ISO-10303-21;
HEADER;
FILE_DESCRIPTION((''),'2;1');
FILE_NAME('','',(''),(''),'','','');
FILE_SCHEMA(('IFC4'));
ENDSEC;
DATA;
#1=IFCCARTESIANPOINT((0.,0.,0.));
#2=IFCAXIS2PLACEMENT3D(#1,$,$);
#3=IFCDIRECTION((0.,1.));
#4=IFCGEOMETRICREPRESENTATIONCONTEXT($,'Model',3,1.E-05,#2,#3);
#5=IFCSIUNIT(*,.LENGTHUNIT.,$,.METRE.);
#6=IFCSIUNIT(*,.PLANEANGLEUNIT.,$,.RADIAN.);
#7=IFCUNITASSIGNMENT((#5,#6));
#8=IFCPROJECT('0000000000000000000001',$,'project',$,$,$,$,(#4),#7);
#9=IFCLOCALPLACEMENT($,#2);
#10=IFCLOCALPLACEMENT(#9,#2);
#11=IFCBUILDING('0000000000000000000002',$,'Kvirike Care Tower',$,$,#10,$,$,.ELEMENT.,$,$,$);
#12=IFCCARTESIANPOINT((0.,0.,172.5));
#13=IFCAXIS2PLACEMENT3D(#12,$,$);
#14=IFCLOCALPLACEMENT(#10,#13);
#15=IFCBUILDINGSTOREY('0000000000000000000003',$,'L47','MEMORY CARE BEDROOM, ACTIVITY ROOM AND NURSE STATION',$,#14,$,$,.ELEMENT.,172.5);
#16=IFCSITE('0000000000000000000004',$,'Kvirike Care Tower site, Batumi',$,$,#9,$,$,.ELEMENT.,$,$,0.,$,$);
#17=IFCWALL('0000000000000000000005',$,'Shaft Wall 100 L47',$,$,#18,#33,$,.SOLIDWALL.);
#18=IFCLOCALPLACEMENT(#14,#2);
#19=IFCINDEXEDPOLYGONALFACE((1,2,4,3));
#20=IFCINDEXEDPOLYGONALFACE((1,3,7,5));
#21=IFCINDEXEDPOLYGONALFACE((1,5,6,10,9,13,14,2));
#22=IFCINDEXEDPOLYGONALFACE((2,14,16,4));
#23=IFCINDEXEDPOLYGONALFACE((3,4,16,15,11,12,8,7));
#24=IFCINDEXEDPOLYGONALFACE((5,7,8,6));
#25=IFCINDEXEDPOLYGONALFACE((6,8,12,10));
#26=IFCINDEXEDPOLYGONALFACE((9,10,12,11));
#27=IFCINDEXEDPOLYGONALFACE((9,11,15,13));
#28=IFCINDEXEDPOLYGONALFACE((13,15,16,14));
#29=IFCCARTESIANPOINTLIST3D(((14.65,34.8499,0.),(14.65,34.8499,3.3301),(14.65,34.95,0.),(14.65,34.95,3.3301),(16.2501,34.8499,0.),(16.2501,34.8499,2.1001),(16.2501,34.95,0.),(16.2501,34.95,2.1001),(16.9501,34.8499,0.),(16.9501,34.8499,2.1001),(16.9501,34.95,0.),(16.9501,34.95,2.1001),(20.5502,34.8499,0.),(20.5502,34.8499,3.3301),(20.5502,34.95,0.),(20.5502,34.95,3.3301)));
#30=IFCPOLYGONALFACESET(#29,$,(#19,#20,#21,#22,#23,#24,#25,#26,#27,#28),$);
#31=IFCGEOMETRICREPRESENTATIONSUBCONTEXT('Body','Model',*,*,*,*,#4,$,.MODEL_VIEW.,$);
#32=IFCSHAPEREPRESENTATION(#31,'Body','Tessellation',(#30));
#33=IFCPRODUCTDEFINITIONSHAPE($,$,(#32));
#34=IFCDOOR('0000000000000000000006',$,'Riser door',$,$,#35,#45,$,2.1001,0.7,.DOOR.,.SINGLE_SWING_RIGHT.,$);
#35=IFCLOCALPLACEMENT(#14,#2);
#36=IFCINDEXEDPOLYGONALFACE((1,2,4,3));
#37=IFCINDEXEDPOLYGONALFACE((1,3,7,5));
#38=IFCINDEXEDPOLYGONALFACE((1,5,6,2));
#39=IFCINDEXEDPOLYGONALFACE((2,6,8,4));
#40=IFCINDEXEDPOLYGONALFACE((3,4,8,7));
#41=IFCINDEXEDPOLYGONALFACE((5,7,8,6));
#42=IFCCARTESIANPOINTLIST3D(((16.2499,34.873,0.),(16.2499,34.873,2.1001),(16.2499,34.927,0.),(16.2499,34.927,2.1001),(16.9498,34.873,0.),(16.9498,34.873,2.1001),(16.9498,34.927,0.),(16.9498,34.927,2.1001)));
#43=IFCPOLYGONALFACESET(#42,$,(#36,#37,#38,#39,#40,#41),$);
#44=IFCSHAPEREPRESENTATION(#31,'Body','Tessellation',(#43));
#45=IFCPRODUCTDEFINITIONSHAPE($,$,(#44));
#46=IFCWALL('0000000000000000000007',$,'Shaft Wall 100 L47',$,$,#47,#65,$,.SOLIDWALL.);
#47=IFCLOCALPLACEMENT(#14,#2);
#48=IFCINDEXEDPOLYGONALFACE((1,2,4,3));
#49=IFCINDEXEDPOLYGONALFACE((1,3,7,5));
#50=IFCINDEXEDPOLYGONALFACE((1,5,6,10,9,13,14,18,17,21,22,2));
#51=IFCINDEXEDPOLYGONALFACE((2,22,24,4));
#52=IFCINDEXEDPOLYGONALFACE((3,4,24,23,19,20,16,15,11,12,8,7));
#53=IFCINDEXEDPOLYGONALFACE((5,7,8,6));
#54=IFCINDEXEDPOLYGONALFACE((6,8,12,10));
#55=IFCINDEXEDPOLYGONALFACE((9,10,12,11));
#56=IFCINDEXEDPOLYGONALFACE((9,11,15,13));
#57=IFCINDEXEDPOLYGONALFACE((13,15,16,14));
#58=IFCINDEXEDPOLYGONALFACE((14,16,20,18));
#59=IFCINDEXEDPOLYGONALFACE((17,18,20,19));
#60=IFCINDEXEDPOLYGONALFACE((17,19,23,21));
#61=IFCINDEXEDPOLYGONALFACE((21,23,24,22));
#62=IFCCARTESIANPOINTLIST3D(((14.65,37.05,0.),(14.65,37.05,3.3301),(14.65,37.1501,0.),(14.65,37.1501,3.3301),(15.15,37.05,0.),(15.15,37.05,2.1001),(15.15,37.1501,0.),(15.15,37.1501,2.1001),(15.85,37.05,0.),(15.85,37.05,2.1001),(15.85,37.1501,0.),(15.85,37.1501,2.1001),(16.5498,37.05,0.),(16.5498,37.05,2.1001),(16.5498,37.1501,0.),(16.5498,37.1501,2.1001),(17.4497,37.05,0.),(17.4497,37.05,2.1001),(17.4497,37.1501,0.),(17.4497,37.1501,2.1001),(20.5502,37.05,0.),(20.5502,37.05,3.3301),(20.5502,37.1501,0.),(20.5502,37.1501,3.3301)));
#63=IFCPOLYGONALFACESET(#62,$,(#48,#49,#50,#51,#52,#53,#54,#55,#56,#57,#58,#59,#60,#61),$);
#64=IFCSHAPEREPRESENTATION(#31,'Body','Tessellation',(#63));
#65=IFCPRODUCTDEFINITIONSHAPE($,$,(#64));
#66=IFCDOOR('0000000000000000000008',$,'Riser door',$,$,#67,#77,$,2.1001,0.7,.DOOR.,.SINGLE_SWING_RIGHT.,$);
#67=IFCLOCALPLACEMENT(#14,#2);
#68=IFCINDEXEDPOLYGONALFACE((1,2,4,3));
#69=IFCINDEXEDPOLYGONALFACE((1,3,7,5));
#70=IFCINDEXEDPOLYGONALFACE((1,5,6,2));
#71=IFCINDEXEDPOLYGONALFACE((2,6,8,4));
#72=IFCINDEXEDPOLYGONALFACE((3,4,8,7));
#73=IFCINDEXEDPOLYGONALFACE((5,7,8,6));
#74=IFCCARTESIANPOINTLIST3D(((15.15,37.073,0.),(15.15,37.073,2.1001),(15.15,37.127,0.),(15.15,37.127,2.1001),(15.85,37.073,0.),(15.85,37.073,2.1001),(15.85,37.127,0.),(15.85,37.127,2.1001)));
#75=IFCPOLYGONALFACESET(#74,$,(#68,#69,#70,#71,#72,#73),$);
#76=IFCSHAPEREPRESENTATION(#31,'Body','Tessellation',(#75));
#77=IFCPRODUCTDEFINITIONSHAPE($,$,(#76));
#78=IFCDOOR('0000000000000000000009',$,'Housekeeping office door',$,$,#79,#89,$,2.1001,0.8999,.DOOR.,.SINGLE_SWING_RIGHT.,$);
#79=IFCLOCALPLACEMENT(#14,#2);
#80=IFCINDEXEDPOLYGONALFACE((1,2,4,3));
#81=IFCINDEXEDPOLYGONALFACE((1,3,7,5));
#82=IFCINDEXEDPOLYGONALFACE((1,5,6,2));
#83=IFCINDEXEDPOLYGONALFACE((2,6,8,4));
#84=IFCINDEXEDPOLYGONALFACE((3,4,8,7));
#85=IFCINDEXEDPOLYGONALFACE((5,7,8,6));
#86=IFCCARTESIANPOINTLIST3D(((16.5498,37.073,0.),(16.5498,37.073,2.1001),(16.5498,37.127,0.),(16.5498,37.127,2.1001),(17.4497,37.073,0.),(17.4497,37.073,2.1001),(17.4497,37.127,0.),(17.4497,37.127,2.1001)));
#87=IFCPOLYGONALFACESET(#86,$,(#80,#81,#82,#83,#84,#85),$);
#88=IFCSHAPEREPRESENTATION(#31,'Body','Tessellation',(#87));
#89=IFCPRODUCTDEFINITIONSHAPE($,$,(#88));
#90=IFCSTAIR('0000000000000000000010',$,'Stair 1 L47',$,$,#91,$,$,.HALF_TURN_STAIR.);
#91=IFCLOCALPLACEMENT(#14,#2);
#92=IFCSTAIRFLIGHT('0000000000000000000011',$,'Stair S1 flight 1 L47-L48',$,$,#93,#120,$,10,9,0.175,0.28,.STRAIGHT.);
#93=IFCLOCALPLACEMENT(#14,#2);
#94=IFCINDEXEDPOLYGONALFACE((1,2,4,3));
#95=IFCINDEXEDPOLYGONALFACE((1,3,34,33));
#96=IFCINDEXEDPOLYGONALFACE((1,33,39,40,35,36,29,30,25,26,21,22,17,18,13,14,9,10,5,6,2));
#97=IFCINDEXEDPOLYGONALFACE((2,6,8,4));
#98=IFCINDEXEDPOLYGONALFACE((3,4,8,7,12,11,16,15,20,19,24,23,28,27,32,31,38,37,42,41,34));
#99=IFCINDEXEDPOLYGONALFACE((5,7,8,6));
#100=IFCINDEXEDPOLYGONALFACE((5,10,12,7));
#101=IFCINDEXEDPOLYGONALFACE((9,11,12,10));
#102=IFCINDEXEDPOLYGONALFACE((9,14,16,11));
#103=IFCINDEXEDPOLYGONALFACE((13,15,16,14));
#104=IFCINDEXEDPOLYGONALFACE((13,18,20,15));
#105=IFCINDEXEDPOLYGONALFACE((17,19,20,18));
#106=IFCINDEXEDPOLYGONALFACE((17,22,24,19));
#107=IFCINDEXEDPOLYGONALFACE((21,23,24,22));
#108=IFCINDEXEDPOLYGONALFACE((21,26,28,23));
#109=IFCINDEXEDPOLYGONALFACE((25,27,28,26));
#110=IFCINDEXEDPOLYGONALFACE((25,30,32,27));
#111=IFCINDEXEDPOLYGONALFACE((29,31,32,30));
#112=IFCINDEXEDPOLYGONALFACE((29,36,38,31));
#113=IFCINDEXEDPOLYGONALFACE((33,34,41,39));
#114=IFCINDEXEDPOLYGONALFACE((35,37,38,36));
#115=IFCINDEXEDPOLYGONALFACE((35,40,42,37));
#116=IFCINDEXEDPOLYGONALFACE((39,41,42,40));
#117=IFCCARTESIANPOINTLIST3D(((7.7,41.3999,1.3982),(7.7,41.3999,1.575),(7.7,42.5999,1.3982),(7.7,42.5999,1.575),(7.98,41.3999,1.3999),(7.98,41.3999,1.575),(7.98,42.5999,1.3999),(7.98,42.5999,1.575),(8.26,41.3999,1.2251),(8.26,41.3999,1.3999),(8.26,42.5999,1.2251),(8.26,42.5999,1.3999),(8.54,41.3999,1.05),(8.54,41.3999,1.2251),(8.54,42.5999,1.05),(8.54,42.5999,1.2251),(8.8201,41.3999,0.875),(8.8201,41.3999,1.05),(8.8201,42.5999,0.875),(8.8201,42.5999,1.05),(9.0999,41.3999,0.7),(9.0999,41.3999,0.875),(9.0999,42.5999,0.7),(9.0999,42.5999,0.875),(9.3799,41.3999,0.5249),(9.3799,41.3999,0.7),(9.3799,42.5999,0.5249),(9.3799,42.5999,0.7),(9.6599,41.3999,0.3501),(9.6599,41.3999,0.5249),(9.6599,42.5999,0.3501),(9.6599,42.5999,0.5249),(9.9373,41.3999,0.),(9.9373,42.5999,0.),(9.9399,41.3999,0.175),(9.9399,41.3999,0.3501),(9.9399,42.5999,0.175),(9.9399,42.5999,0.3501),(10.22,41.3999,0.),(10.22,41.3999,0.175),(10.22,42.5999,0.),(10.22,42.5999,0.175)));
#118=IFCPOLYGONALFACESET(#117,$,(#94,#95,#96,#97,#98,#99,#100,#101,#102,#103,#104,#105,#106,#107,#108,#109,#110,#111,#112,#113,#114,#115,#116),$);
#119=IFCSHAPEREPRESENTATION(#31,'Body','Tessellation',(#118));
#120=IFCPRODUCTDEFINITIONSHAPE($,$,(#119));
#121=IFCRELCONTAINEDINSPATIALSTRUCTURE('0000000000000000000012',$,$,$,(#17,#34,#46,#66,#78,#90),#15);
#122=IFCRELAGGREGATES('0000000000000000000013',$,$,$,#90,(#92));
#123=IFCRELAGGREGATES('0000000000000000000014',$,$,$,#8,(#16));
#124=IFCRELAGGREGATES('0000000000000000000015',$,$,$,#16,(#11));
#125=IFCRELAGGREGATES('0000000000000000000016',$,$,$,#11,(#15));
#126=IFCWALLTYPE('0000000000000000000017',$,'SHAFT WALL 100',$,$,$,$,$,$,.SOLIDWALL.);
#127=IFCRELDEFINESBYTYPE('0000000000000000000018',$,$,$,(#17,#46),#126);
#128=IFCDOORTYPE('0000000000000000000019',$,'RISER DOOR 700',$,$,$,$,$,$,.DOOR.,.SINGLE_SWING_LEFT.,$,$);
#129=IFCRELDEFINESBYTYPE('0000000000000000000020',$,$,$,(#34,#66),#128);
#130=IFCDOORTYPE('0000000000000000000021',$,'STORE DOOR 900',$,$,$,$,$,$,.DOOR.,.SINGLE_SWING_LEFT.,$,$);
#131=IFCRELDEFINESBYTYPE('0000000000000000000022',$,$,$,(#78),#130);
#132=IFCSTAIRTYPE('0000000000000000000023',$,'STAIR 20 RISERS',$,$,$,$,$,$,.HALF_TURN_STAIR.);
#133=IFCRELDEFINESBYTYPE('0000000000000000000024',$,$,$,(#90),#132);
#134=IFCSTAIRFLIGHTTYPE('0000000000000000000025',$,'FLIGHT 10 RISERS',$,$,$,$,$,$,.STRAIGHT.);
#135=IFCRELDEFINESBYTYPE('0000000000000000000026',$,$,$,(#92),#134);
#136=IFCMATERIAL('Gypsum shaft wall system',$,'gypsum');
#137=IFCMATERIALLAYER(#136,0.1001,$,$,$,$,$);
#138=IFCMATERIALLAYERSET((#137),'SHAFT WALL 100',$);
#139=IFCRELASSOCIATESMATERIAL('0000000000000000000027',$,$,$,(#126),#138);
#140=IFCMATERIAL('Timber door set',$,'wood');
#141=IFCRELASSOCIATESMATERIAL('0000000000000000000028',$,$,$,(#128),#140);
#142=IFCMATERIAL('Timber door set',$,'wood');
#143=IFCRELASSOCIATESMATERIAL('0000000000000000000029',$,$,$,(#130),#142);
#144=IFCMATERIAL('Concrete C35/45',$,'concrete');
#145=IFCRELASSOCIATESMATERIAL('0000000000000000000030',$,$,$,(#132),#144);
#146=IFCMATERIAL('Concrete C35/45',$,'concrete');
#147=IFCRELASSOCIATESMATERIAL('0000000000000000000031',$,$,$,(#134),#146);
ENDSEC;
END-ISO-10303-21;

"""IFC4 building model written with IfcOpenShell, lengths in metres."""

from ifc_helpers import new_model, si_unit, direction, frame, frame_2d, origin, place, context, subcontext, project, spatial, polyline, rectangle, outline, extrude, material, layer, layer_set, type_object, element, fill, aggregate, save


model = new_model("IFC4")

# Units and contexts
model_context = context("Model", 3, precision=1e-05, world=origin(), true_north=direction((0.0, 1.0)))
body_context = subcontext(model_context, "Body", "Model", "MODEL_VIEW")
ifc_project = project(units=[si_unit("LENGTHUNIT", "METRE"), si_unit("PLANEANGLEUNIT", "RADIAN")], contexts=[model_context])

# Site, building, storey
site_placement = place(None, origin())
site = spatial("IfcSite", under=ifc_project, at=site_placement, Name="Kvirike Care Tower site, Batumi", CompositionType="ELEMENT", RefElevation=0.0)
building_placement = place(site_placement, origin())
building = spatial("IfcBuilding", under=site, at=building_placement, Name="Kvirike Care Tower", CompositionType="ELEMENT")
storey_placement = place(building_placement, frame((0.0, 0.0, 172.5)))
storey = spatial("IfcBuildingStorey", under=building, at=storey_placement, Name="L47", Description="MEMORY CARE BEDROOM, ACTIVITY ROOM AND NURSE STATION", CompositionType="ELEMENT", Elevation=172.5)

# Shared definitions
ifc_material_1 = material(Name="Gypsum shaft wall system", Category="gypsum")
ifc_layer_1 = layer(ifc_material_1, 0.1001)
ifc_layer_set_1 = layer_set([ifc_layer_1], Name="SHAFT WALL 100")
wall_type_1 = type_object("IfcWallType", Name="SHAFT WALL 100", PredefinedType="SOLIDWALL", material=ifc_layer_set_1)

# Wall, opening, door
wall_1_placement = place(storey_placement, frame((14.6499, 34.8999, 0.0), z_axis=(0.0, 0.0, 1.0), x_axis=(1.0, 0.0, 0.0)))
wall_1 = element("IfcWall", 1, at=wall_1_placement, inside=storey, type_object=wall_type_1, Name="Shaft Wall 100 L47", PredefinedType="SOLIDWALL", context=body_context, shape_type="SweptSolid", body=[
    extrude(rectangle(XDim=5.9001, YDim=0.1001, at=frame_2d((2.9502, 0.0))), origin(), (0.0, 0.0, 1.0), 3.3301),
])
opening_1_placement = place(wall_1_placement, frame((1.6001, 0.0, 0.0)))
opening_1 = element("IfcOpeningElement", 2, at=opening_1_placement, cuts=wall_1, PredefinedType="OPENING", context=body_context, shape_type="SweptSolid", body=[
    extrude(rectangle(XDim=0.7, YDim=2.1001, at=frame_2d((0.3501, 1.05))), frame((0.0, 0.0605, 0.0), z_axis=(0.0, -1.0, 0.0), x_axis=(1.0, 0.0, 0.0)), (0.0, 0.0, 1.0), 0.1211),
])
ifc_material_2 = material(Name="Timber door set", Category="wood")
door_type_1 = type_object("IfcDoorType", Name="RISER DOOR 700", OperationType="SINGLE_SWING_LEFT", PredefinedType="DOOR", material=ifc_material_2)
door_1_placement = place(opening_1_placement, frame((0.7, 0.0, 0.0), z_axis=(0.0, 0.0, 1.0), x_axis=(-1.0, 0.0, 0.0)))
door_1 = element("IfcDoor", 3, at=door_1_placement, inside=storey, type_object=door_type_1, Name="Riser door", OperationType="SINGLE_SWING_RIGHT", OverallHeight=2.1001, OverallWidth=0.7, PredefinedType="DOOR", context=body_context, shape_type="SweptSolid", body=[
    extrude(rectangle(XDim=0.7, YDim=2.1001, at=frame_2d((0.3501, 1.05))), frame((0.0, 0.0269, 0.0), z_axis=(0.0, -1.0, 0.0), x_axis=(1.0, 0.0, 0.0)), (0.0, 0.0, 1.0), 0.054),
])
fill(opening_1, door_1)

# Wall, openings, doors
wall_2_placement = place(storey_placement, frame((14.6499, 37.1001, 0.0), z_axis=(0.0, 0.0, 1.0), x_axis=(1.0, 0.0, 0.0)))
wall_2 = element("IfcWall", 4, at=wall_2_placement, inside=storey, type_object=wall_type_1, Name="Shaft Wall 100 L47", PredefinedType="SOLIDWALL", context=body_context, shape_type="SweptSolid", body=[
    extrude(rectangle(XDim=5.9001, YDim=0.1001, at=frame_2d((2.9502, 0.0))), origin(), (0.0, 0.0, 1.0), 3.3301),
])
opening_2_placement = place(wall_2_placement, frame((0.5, 0.0, 0.0)))
opening_2 = element("IfcOpeningElement", 5, at=opening_2_placement, cuts=wall_2, PredefinedType="OPENING", context=body_context, shape_type="SweptSolid", body=[
    extrude(rectangle(XDim=0.7, YDim=2.1001, at=frame_2d((0.3501, 1.05))), frame((0.0, 0.0605, 0.0), z_axis=(0.0, -1.0, 0.0), x_axis=(1.0, 0.0, 0.0)), (0.0, 0.0, 1.0), 0.1211),
])
opening_3_placement = place(wall_2_placement, frame((1.8999, 0.0, 0.0)))
opening_3 = element("IfcOpeningElement", 6, at=opening_3_placement, cuts=wall_2, PredefinedType="OPENING", context=body_context, shape_type="SweptSolid", body=[
    extrude(rectangle(XDim=0.8999, YDim=2.1001, at=frame_2d((0.45, 1.05))), frame((0.0, 0.0605, 0.0), z_axis=(0.0, -1.0, 0.0), x_axis=(1.0, 0.0, 0.0)), (0.0, 0.0, 1.0), 0.1211),
])
door_2_placement = place(opening_2_placement, origin())
door_2 = element("IfcDoor", 7, at=door_2_placement, inside=storey, type_object=door_type_1, Name="Riser door", OperationType="SINGLE_SWING_RIGHT", OverallHeight=2.1001, OverallWidth=0.7, PredefinedType="DOOR", context=body_context, shape_type="SweptSolid", body=[
    extrude(rectangle(XDim=0.7, YDim=2.1001, at=frame_2d((0.3501, 1.05))), frame((0.0, 0.0269, 0.0), z_axis=(0.0, -1.0, 0.0), x_axis=(1.0, 0.0, 0.0)), (0.0, 0.0, 1.0), 0.054),
])
fill(opening_2, door_2)
ifc_material_3 = material(Name="Timber door set", Category="wood")
door_type_2 = type_object("IfcDoorType", Name="STORE DOOR 900", OperationType="SINGLE_SWING_LEFT", PredefinedType="DOOR", material=ifc_material_3)
door_3_placement = place(opening_3_placement, origin())
door_3 = element("IfcDoor", 8, at=door_3_placement, inside=storey, type_object=door_type_2, Name="Housekeeping office door", OperationType="SINGLE_SWING_RIGHT", OverallHeight=2.1001, OverallWidth=0.8999, PredefinedType="DOOR", context=body_context, shape_type="SweptSolid", body=[
    extrude(rectangle(XDim=0.8999, YDim=2.1001, at=frame_2d((0.45, 1.05))), frame((0.0, 0.0269, 0.0), z_axis=(0.0, -1.0, 0.0), x_axis=(1.0, 0.0, 0.0)), (0.0, 0.0, 1.0), 0.054),
])
fill(opening_3, door_3)

# Stair, stair flight
ifc_material_4 = material(Name="Concrete C35/45", Category="concrete")
stair_type = type_object("IfcStairType", Name="STAIR 20 RISERS", PredefinedType="HALF_TURN_STAIR", material=ifc_material_4)
stair_placement = place(storey_placement, origin())
stair = element("IfcStair", 9, at=stair_placement, inside=storey, type_object=stair_type, Name="Stair 1 L47", PredefinedType="HALF_TURN_STAIR")
ifc_material_5 = material(Name="Concrete C35/45", Category="concrete")
stair_flight_type = type_object("IfcStairFlightType", Name="FLIGHT 10 RISERS", PredefinedType="STRAIGHT", material=ifc_material_5)
stair_flight_placement = place(storey_placement, frame((10.22, 42.0, 0.0), z_axis=(0.0, 0.0, 1.0), x_axis=(-1.0, 0.0, 0.0)))
stair_flight = element("IfcStairFlight", 10, at=stair_flight_placement, type_object=stair_flight_type, Name="Stair S1 flight 1 L47-L48", NumberOfRisers=10, NumberOfTreads=9, PredefinedType="STRAIGHT", RiserHeight=0.175, TreadLength=0.28, context=body_context, shape_type="SweptSolid", body=[
    extrude(outline(polyline([(0.0, 0.0), (0.0, 0.175), (0.28, 0.175), (0.28, 0.3501), (0.5601, 0.3501), (0.5601, 0.5249), (0.8401, 0.5249), (0.8401, 0.7), (1.1201, 0.7), (1.1201, 0.875), (1.3999, 0.875), (1.3999, 1.05), (1.6799, 1.05), (1.6799, 1.2251), (1.96, 1.2251), (1.96, 1.3999), (2.24, 1.3999), (2.24, 1.575), (2.52, 1.575), (2.52, 1.75), (2.52, 1.3982), (0.2827, 0.0), (0.0, 0.0)])), frame((0.0, 0.6001, 0.0), z_axis=(0.0, -1.0, 0.0), x_axis=(1.0, 0.0, 0.0)), (0.0, 0.0, 1.0), 1.2),
])
aggregate(stair, [stair_flight])

save(model, "model.ifc")
